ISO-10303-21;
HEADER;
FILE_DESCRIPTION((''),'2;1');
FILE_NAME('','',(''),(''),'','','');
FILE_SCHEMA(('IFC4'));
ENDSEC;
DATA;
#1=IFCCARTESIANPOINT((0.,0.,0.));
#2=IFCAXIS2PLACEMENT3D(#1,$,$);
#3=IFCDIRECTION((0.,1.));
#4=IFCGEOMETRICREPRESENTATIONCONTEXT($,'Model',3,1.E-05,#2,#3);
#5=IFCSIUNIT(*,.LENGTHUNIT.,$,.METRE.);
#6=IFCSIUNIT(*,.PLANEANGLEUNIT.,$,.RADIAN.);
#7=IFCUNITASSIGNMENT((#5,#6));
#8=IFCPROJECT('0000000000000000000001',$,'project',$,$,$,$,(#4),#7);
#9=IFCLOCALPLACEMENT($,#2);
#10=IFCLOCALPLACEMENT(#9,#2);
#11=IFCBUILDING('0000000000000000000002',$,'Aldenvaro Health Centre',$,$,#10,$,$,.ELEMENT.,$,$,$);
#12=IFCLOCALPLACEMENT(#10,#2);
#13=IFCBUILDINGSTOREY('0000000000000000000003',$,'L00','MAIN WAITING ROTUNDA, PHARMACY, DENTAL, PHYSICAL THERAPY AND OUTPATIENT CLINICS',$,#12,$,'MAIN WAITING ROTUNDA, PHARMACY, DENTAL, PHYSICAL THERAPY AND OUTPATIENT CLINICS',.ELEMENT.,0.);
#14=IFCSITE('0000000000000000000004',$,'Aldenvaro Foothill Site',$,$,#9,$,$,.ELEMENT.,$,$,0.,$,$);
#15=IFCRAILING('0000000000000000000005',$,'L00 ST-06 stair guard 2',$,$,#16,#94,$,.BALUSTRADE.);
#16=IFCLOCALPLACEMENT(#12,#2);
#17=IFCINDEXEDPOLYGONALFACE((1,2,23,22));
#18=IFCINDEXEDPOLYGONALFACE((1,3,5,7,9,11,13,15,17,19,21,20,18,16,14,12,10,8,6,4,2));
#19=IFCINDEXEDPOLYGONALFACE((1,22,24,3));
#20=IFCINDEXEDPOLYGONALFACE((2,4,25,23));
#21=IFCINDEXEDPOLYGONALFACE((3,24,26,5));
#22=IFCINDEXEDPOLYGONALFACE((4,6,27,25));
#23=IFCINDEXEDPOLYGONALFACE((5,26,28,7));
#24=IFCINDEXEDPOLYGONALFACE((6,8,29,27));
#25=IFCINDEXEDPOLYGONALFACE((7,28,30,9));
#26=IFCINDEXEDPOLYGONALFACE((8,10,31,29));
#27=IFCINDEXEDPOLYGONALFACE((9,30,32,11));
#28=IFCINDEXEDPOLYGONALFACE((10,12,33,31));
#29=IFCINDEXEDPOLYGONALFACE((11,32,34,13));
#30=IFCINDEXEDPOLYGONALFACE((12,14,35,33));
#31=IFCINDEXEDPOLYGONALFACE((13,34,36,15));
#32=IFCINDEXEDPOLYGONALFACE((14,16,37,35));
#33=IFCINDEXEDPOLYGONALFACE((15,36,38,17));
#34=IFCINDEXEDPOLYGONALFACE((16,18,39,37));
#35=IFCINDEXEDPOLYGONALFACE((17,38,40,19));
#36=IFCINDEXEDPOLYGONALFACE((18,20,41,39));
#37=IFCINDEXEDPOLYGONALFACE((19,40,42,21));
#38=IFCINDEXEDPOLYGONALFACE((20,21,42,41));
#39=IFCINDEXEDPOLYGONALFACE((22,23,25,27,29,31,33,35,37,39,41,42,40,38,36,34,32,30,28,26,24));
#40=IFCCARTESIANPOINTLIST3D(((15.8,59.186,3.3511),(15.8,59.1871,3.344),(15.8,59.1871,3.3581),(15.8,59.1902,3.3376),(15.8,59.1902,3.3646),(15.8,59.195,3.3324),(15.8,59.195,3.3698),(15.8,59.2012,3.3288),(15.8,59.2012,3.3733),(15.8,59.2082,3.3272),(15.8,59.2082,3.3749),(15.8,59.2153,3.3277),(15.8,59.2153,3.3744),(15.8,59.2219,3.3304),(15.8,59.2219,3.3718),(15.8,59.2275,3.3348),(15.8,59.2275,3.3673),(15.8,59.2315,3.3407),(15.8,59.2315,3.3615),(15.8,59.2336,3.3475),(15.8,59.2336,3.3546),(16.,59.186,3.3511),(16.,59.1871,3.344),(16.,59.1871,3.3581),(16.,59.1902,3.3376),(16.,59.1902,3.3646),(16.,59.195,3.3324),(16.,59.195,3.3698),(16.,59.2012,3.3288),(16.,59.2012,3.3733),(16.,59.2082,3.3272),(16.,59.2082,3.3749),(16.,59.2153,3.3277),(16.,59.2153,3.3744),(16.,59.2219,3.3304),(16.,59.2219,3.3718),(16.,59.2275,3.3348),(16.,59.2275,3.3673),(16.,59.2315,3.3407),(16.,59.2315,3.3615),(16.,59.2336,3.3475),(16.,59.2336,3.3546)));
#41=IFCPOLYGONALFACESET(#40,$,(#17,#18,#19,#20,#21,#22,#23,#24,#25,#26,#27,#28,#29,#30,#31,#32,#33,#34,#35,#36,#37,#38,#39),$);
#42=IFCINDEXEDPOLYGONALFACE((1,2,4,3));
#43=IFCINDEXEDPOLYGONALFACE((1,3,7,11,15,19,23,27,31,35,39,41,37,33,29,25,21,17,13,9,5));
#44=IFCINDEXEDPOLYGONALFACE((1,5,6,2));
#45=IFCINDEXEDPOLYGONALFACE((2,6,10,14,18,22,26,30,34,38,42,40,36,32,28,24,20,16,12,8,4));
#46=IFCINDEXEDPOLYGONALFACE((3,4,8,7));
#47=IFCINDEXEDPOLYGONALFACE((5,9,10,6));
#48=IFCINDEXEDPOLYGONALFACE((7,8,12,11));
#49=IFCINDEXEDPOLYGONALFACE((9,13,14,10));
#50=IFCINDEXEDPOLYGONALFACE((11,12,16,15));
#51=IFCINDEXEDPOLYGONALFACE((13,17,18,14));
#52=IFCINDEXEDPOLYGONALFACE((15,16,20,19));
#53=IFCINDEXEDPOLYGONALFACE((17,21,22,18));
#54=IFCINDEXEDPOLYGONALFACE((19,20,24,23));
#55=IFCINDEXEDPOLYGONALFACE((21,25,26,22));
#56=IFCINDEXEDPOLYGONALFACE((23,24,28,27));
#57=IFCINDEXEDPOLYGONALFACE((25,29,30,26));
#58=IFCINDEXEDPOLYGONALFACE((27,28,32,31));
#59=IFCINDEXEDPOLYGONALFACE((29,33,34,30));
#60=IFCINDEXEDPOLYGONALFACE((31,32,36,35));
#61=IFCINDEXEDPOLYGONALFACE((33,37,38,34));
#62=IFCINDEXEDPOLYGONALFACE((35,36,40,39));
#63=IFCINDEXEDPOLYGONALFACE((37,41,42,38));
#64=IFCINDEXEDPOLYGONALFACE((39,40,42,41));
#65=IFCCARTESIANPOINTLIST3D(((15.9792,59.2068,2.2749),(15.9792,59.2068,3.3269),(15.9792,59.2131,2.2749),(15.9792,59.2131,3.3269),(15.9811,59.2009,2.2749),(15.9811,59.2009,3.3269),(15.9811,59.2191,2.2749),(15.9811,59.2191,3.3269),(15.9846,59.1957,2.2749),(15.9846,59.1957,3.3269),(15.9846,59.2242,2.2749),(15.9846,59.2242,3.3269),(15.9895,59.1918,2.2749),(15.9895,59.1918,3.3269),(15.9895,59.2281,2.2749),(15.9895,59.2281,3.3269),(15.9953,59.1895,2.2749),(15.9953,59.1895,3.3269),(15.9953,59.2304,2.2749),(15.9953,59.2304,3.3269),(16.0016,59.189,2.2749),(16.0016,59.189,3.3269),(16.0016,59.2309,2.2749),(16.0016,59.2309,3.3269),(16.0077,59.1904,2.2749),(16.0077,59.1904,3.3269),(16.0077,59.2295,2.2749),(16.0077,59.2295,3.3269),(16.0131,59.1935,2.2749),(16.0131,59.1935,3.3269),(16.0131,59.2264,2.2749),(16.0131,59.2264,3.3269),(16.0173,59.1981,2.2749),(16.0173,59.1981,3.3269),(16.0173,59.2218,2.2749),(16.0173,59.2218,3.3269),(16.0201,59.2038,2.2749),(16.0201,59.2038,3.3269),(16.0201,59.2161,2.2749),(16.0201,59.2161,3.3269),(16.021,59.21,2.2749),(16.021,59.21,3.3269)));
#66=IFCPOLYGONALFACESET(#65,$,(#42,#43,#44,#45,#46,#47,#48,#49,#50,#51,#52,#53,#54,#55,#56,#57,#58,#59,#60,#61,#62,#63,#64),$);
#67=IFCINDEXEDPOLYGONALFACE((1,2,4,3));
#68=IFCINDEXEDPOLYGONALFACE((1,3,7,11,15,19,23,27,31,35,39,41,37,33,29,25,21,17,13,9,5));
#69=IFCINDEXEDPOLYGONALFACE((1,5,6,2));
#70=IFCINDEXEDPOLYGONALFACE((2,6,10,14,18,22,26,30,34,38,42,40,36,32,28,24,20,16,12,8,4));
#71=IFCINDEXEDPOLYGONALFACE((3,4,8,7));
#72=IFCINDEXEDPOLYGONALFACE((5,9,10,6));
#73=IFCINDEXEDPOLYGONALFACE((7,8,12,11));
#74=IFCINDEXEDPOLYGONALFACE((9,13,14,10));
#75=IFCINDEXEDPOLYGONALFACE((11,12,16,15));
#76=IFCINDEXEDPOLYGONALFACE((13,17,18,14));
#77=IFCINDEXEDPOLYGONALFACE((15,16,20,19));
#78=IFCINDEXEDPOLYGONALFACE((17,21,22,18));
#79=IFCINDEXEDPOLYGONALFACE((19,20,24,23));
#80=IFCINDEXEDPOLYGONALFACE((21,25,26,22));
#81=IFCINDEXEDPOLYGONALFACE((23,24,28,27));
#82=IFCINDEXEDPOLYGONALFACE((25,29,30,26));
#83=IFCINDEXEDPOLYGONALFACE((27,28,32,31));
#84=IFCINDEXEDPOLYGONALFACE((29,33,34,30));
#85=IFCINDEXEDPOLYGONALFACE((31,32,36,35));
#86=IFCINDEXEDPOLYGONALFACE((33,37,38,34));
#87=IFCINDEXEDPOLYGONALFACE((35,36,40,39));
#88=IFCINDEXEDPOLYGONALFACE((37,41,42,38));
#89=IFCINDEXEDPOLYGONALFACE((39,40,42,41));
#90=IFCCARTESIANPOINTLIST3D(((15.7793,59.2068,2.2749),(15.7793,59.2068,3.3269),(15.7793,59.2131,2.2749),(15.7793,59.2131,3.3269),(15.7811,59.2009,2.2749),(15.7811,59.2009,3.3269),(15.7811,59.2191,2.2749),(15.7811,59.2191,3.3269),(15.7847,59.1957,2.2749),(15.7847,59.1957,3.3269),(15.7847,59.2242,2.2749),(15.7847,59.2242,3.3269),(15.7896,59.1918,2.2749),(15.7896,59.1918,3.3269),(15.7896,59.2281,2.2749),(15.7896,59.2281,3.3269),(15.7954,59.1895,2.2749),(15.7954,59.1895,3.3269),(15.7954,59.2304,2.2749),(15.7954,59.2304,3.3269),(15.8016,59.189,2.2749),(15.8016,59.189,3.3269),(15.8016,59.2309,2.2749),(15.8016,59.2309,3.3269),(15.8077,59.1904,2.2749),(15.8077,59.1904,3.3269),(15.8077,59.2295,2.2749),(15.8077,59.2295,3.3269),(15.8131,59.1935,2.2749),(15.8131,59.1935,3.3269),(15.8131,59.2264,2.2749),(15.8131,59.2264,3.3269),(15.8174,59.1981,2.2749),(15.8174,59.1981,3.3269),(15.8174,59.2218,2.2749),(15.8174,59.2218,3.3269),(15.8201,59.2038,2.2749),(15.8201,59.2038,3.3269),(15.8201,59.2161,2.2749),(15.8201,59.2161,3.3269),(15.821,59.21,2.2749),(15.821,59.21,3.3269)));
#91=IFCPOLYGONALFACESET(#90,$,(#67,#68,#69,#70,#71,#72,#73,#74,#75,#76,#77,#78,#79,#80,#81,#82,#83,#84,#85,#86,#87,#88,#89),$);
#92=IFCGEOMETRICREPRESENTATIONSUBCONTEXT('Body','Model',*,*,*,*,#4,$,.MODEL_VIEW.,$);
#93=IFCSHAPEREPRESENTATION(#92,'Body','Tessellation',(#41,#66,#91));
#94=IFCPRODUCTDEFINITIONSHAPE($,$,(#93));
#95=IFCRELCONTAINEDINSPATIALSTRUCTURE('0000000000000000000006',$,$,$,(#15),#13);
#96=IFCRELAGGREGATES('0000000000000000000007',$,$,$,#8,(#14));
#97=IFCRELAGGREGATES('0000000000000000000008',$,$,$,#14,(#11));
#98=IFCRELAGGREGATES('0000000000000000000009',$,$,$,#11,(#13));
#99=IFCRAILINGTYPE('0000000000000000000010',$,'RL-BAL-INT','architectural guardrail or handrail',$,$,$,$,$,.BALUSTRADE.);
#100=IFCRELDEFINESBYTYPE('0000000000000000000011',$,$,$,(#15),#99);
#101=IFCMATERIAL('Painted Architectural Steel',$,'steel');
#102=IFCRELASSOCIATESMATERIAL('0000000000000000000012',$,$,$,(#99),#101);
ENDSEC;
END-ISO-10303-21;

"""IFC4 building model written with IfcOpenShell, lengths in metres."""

from ifc_helpers import new_model, si_unit, direction, frame, origin, origin_2d, place, context, subcontext, project, spatial, circle, extrude, material, type_object, element, save


model = new_model("IFC4")

# Units and contexts
model_context = context("Model", 3, precision=1e-05, world=origin(), true_north=direction((0.0, 1.0)))
body_context = subcontext(model_context, "Body", "Model", "MODEL_VIEW")
ifc_project = project(units=[si_unit("LENGTHUNIT", "METRE"), si_unit("PLANEANGLEUNIT", "RADIAN")], contexts=[model_context])

# Site, building, storey
site_placement = place(None, origin())
site = spatial("IfcSite", under=ifc_project, at=site_placement, Name="Aldenvaro Foothill Site", CompositionType="ELEMENT", RefElevation=0.0)
building_placement = place(site_placement, origin())
building = spatial("IfcBuilding", under=site, at=building_placement, Name="Aldenvaro Health Centre", CompositionType="ELEMENT")
storey_placement = place(building_placement, origin())
storey = spatial("IfcBuildingStorey", under=building, at=storey_placement, Name="L00", Description="MAIN WAITING ROTUNDA, PHARMACY, DENTAL, PHYSICAL THERAPY AND OUTPATIENT CLINICS", LongName="MAIN WAITING ROTUNDA, PHARMACY, DENTAL, PHYSICAL THERAPY AND OUTPATIENT CLINICS", CompositionType="ELEMENT", Elevation=0.0)

# Railing
ifc_material_1 = material(Name="Painted Architectural Steel", Category="steel")
railing_type_1 = type_object("IfcRailingType", Name="RL-BAL-INT", Description="architectural guardrail or handrail", PredefinedType="BALUSTRADE", material=ifc_material_1)
railing_1_placement = place(storey_placement, frame((16.0, 59.21, 2.2749)))
element("IfcRailing", 1, at=railing_1_placement, inside=storey, type_object=railing_type_1, Name="L00 ST-06 stair guard 2", PredefinedType="BALUSTRADE", context=body_context, shape_type="SweptSolid", body=[
    extrude(circle(Radius=0.0239, at=origin_2d()), frame((0.0, 0.0, 1.0762), z_axis=(-1.0, 0.0, 0.0), x_axis=(0.0, -1.0, 0.0)), (0.0, 0.0, 1.0), 0.2),
    extrude(circle(Radius=0.021, at=origin_2d()), origin(), (0.0, 0.0, 1.0), 1.052),
    extrude(circle(Radius=0.021, at=origin_2d()), frame((-0.2, 0.0, 0.0)), (0.0, 0.0, 1.0), 1.052),
])

save(model, "model.ifc")
